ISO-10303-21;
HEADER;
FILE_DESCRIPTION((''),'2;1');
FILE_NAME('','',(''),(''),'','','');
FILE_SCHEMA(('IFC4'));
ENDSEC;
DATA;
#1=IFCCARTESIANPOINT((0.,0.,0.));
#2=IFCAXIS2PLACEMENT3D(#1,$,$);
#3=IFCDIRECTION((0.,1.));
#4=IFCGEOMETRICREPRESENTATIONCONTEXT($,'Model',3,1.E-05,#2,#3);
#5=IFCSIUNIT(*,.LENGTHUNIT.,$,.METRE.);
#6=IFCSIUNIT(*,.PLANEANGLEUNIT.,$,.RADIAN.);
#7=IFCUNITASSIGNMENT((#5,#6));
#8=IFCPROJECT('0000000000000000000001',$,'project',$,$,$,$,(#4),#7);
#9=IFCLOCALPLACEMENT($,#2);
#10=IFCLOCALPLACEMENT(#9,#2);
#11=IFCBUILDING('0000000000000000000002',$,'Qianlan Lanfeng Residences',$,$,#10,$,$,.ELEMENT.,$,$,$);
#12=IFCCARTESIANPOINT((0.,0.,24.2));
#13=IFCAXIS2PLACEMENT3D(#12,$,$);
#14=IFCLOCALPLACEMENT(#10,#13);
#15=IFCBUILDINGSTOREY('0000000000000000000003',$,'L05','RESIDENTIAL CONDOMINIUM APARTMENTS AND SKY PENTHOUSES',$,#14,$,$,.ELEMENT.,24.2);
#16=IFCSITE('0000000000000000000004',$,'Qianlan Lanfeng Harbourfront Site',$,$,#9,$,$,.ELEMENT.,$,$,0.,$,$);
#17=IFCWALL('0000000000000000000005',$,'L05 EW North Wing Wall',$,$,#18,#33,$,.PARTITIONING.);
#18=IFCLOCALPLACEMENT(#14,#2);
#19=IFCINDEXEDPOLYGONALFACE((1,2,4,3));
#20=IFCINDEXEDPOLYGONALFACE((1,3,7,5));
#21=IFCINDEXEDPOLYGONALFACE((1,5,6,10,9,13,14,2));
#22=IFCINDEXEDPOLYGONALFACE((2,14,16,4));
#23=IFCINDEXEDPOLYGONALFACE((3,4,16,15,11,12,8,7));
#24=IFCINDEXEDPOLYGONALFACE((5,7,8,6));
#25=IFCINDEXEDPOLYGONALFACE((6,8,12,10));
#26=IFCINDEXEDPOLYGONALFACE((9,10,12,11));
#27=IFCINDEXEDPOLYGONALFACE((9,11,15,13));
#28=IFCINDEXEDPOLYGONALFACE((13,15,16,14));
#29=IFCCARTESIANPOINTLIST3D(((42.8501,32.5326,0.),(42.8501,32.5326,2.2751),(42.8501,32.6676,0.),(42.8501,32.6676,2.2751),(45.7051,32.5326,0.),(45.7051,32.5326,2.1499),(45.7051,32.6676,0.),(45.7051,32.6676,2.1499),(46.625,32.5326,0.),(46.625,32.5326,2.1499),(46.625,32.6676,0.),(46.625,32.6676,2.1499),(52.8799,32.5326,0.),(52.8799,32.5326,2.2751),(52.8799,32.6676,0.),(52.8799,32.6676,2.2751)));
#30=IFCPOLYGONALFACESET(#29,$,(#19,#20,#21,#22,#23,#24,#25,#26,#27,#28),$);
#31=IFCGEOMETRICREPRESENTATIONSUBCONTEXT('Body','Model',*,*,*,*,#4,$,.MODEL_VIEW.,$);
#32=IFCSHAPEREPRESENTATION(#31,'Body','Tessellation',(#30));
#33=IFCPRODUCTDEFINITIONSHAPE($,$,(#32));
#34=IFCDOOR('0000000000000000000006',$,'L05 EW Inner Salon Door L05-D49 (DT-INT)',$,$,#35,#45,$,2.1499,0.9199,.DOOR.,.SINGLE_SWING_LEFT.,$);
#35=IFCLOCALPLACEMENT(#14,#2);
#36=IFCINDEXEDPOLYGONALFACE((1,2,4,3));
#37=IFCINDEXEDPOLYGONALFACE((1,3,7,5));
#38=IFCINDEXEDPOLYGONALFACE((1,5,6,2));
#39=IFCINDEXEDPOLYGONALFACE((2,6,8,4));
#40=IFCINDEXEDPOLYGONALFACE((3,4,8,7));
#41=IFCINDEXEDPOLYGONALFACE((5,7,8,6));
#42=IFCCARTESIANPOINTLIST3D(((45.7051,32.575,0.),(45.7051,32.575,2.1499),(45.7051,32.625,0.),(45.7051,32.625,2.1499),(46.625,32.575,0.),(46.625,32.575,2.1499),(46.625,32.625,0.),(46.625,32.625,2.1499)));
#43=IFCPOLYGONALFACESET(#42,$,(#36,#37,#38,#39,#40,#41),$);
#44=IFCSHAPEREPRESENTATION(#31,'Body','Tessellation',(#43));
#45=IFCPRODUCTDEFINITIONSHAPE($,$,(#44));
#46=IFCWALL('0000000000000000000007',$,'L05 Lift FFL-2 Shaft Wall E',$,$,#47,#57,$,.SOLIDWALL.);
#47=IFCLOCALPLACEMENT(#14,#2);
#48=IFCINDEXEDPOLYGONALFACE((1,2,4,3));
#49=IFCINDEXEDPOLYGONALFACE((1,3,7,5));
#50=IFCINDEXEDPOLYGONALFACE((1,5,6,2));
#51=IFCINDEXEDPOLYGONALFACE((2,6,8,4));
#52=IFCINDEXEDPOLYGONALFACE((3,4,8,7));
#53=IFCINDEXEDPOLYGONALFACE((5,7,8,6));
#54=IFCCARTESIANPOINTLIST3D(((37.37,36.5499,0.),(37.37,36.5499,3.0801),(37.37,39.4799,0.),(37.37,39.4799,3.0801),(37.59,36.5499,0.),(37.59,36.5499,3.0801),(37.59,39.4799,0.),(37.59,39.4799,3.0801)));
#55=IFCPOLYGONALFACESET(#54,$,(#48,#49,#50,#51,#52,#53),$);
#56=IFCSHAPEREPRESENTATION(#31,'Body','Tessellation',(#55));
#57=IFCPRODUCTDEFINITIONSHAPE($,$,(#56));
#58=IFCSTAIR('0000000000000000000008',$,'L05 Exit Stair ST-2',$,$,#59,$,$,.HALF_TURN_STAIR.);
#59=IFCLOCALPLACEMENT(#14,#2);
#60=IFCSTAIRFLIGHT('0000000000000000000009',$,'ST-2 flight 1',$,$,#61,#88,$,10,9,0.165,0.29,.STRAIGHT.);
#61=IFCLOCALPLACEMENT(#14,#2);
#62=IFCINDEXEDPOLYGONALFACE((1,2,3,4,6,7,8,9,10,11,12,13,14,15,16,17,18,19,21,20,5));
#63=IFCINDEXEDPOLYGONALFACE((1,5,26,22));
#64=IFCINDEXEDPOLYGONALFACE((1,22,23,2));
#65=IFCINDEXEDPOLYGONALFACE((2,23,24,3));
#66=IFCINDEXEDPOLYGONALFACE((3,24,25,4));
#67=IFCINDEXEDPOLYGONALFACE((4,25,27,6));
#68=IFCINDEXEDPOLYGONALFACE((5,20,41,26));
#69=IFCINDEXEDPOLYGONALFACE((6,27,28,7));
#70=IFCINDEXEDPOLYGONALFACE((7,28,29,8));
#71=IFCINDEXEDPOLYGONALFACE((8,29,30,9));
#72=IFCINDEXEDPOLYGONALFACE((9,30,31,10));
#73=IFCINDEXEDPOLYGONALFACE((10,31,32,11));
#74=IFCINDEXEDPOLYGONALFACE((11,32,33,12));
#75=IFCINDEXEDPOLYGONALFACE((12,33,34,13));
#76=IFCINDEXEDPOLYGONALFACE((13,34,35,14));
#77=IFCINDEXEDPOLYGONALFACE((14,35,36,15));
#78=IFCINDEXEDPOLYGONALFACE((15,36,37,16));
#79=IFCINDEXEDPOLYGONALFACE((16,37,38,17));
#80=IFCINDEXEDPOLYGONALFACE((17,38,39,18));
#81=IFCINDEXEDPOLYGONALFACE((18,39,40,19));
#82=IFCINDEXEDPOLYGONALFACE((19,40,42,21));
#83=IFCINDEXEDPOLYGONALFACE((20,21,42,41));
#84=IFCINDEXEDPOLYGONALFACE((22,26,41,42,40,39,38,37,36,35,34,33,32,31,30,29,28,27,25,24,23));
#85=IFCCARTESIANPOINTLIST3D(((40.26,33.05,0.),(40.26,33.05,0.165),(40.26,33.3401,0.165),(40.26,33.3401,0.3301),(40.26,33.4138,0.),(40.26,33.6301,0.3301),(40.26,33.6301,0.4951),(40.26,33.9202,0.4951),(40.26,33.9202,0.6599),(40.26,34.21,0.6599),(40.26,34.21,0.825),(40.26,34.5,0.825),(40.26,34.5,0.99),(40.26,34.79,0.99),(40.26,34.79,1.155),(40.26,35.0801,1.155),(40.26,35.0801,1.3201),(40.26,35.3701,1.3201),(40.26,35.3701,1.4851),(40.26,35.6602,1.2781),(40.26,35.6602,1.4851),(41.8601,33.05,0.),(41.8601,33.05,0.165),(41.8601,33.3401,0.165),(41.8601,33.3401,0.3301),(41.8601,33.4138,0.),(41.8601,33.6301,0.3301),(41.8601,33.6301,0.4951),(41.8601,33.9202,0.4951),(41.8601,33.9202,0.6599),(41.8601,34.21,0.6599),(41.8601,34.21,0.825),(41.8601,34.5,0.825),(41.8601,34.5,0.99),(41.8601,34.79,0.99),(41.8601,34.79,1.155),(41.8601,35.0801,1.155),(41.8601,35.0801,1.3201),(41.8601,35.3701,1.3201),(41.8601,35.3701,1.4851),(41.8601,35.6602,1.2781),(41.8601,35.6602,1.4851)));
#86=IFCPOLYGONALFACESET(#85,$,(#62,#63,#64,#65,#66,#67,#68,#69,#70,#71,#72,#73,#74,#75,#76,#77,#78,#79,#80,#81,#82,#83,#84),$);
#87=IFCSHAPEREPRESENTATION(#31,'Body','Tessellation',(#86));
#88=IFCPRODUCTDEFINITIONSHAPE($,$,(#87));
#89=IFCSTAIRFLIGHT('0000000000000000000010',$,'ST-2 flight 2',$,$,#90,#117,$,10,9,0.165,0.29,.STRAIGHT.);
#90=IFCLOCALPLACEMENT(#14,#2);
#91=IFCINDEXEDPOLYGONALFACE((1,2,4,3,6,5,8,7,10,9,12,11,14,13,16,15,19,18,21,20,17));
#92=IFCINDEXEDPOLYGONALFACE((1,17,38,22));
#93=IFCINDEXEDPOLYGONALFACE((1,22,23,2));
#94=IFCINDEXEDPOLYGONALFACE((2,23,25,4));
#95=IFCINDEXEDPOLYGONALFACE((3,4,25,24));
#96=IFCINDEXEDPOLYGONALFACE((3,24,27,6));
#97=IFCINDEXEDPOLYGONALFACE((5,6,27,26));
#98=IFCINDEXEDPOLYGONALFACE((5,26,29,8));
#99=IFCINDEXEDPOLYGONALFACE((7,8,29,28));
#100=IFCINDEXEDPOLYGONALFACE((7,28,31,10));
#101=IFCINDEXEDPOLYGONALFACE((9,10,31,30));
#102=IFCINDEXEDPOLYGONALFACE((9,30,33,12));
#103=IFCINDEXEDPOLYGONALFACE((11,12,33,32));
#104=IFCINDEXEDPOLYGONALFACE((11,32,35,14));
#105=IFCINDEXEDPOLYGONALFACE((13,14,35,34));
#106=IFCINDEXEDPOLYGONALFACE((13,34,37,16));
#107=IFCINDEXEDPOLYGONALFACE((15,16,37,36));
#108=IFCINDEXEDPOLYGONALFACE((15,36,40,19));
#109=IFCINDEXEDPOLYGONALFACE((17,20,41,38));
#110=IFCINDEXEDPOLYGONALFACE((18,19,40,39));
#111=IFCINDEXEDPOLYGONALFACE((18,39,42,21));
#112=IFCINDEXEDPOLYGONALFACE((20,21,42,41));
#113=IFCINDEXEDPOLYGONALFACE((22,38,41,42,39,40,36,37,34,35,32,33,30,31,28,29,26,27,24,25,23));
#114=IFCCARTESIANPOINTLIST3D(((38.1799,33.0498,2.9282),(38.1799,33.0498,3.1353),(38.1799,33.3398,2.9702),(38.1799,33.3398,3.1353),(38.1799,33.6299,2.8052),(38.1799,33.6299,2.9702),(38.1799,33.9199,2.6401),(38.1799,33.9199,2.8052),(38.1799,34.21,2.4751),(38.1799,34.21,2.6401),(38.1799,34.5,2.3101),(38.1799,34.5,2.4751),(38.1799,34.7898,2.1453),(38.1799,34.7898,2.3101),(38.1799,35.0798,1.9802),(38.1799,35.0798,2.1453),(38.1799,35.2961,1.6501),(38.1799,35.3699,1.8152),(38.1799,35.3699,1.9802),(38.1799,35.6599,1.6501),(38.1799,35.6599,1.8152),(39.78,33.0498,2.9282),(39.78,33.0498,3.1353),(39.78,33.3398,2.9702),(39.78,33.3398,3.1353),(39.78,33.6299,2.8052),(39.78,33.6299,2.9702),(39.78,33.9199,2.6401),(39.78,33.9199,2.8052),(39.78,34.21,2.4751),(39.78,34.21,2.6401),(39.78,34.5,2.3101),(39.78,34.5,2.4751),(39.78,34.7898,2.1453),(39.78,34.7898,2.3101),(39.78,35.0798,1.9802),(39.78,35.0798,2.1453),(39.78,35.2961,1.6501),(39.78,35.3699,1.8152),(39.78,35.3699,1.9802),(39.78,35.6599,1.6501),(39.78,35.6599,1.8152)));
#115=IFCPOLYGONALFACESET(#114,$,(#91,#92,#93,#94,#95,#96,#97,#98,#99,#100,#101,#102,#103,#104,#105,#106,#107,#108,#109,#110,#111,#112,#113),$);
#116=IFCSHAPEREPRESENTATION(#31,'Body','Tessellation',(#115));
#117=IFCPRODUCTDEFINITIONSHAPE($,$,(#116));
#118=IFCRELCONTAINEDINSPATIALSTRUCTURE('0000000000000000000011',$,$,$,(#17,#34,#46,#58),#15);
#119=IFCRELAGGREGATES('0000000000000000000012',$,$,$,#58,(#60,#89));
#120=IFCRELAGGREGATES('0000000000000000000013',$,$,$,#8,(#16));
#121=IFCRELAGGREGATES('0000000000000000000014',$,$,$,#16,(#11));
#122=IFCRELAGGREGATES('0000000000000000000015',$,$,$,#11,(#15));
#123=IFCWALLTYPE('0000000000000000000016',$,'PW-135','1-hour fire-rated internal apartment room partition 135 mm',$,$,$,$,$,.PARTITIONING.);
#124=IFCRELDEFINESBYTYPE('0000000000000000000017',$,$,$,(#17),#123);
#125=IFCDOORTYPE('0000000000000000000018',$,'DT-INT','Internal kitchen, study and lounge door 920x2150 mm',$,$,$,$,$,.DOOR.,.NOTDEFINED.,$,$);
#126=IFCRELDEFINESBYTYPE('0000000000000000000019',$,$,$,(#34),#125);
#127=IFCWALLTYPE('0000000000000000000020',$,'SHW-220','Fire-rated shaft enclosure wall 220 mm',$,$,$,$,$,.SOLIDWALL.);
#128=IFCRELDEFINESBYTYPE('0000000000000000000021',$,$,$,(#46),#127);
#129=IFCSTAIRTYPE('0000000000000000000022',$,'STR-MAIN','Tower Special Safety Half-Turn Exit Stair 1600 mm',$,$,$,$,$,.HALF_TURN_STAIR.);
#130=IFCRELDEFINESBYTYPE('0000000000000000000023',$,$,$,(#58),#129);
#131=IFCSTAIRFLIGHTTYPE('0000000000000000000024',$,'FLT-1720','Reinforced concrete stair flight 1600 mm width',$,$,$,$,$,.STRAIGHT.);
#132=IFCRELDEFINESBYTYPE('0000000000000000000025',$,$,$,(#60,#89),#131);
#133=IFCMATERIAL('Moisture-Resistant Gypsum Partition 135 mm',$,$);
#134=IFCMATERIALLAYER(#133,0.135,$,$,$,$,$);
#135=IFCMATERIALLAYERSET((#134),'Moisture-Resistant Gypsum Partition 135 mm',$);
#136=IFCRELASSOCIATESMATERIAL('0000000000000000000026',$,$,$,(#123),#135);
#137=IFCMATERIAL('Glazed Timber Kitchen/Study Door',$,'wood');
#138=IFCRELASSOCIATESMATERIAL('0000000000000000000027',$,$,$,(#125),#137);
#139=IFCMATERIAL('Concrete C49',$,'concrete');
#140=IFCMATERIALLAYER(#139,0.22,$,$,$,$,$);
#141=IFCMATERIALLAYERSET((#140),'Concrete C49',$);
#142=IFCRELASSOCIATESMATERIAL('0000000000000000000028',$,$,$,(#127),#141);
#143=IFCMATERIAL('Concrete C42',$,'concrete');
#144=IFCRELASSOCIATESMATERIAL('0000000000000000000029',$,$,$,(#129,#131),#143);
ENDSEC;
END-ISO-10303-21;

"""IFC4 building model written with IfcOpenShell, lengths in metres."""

from ifc_helpers import new_model, si_unit, direction, frame, frame_2d, origin, place, context, subcontext, project, spatial, polyline, rectangle, outline, extrude, material, layer, layer_set, type_object, element, fill, aggregate, save


model = new_model("IFC4")

# Units and contexts
model_context = context("Model", 3, precision=1e-05, world=origin(), true_north=direction((0.0, 1.0)))
body_context = subcontext(model_context, "Body", "Model", "MODEL_VIEW")
ifc_project = project(units=[si_unit("LENGTHUNIT", "METRE"), si_unit("PLANEANGLEUNIT", "RADIAN")], contexts=[model_context])

# Site, building, storey
site_placement = place(None, origin())
site = spatial("IfcSite", under=ifc_project, at=site_placement, Name="Qianlan Lanfeng Harbourfront Site", CompositionType="ELEMENT", RefElevation=0.0)
building_placement = place(site_placement, origin())
building = spatial("IfcBuilding", under=site, at=building_placement, Name="Qianlan Lanfeng Residences", CompositionType="ELEMENT")
storey_placement = place(building_placement, frame((0.0, 0.0, 24.2)))
storey = spatial("IfcBuildingStorey", under=building, at=storey_placement, Name="L05", Description="RESIDENTIAL CONDOMINIUM APARTMENTS AND SKY PENTHOUSES", CompositionType="ELEMENT", Elevation=24.2)

# Shared definitions
ifc_material_1 = material(Name="Concrete C42", Category="concrete")

# Wall, opening, door
ifc_material_2 = material(Name="Moisture-Resistant Gypsum Partition 135 mm")
ifc_layer_1 = layer(ifc_material_2, 0.135)
ifc_layer_set_1 = layer_set([ifc_layer_1], Name="Moisture-Resistant Gypsum Partition 135 mm")
wall_type_1 = type_object("IfcWallType", Name="PW-135", Description="1-hour fire-rated internal apartment room partition 135 mm", PredefinedType="PARTITIONING", material=ifc_layer_set_1)
wall_1_placement = place(storey_placement, frame((42.8501, 32.6001, 0.0), z_axis=(0.0, 0.0, 1.0), x_axis=(1.0, 0.0, 0.0)))
wall_1 = element("IfcWall", 1, at=wall_1_placement, inside=storey, type_object=wall_type_1, Name="L05 EW North Wing Wall", PredefinedType="PARTITIONING", context=body_context, shape_type="SweptSolid", body=[
    extrude(rectangle(XDim=10.0298, YDim=0.135, at=frame_2d((5.0149, 0.0))), origin(), (0.0, 0.0, 1.0), 2.2751),
])
opening_1_placement = place(wall_1_placement, frame((2.855, 0.0, 0.0)))
opening_1 = element("IfcOpeningElement", 2, at=opening_1_placement, cuts=wall_1, PredefinedType="OPENING", context=body_context, shape_type="SweptSolid", body=[
    extrude(rectangle(XDim=0.9199, YDim=2.1499, at=frame_2d((0.46, 1.075))), frame((0.0, 0.0776, 0.0), z_axis=(0.0, -1.0, 0.0), x_axis=(1.0, 0.0, 0.0)), (0.0, 0.0, 1.0), 0.155),
])
ifc_material_3 = material(Name="Glazed Timber Kitchen/Study Door", Category="wood")
door_type_1 = type_object("IfcDoorType", Name="DT-INT", Description="Internal kitchen, study and lounge door 920x2150 mm", OperationType="NOTDEFINED", PredefinedType="DOOR", material=ifc_material_3)
door_1_placement = place(opening_1_placement, origin())
door_1 = element("IfcDoor", 3, at=door_1_placement, inside=storey, type_object=door_type_1, Name="L05 EW Inner Salon Door L05-D49 (DT-INT)", OperationType="SINGLE_SWING_LEFT", OverallHeight=2.1499, OverallWidth=0.9199, PredefinedType="DOOR", context=body_context, shape_type="SweptSolid", body=[
    extrude(rectangle(XDim=0.9199, YDim=2.1499, at=frame_2d((0.46, 1.075))), frame((0.0, 0.0249, 0.0), z_axis=(0.0, -1.0, 0.0), x_axis=(1.0, 0.0, 0.0)), (0.0, 0.0, 1.0), 0.05),
])
fill(opening_1, door_1)

# Wall
ifc_material_4 = material(Name="Concrete C49", Category="concrete")
ifc_layer_2 = layer(ifc_material_4, 0.22)
ifc_layer_set_2 = layer_set([ifc_layer_2], Name="Concrete C49")
wall_type_2 = type_object("IfcWallType", Name="SHW-220", Description="Fire-rated shaft enclosure wall 220 mm", PredefinedType="SOLIDWALL", material=ifc_layer_set_2)
wall_2_placement = place(storey_placement, frame((37.48, 36.55, 0.0), z_axis=(0.0, 0.0, 1.0), x_axis=(0.0, 1.0, 0.0)))
element("IfcWall", 4, at=wall_2_placement, inside=storey, type_object=wall_type_2, Name="L05 Lift FFL-2 Shaft Wall E", PredefinedType="SOLIDWALL", context=body_context, shape_type="SweptSolid", body=[
    extrude(rectangle(XDim=2.9299, YDim=0.22, at=frame_2d((1.4648, 0.0))), origin(), (0.0, 0.0, 1.0), 3.0801),
])

# Stair, stair flights
stair_type = type_object("IfcStairType", Name="STR-MAIN", Description="Tower Special Safety Half-Turn Exit Stair 1600 mm", PredefinedType="HALF_TURN_STAIR", material=ifc_material_1)
stair_placement = place(storey_placement, origin())
stair = element("IfcStair", 5, at=stair_placement, inside=storey, type_object=stair_type, Name="L05 Exit Stair ST-2", PredefinedType="HALF_TURN_STAIR")
stair_flight_type = type_object("IfcStairFlightType", Name="FLT-1720", Description="Reinforced concrete stair flight 1600 mm width", PredefinedType="STRAIGHT", material=ifc_material_1)
stair_flight_1_placement = place(storey_placement, frame((41.0601, 33.05, 0.0), z_axis=(0.0, 0.0, 1.0), x_axis=(0.0, 1.0, 0.0)))
stair_flight_1 = element("IfcStairFlight", 6, at=stair_flight_1_placement, type_object=stair_flight_type, Name="ST-2 flight 1", NumberOfRisers=10, NumberOfTreads=9, PredefinedType="STRAIGHT", RiserHeight=0.165, TreadLength=0.29, context=body_context, shape_type="SweptSolid", body=[
    extrude(outline(polyline([(0.0, 0.0), (0.0, 0.165), (0.29, 0.165), (0.29, 0.3301), (0.5801, 0.3301), (0.5801, 0.4951), (0.8701, 0.4951), (0.8701, 0.6599), (1.1599, 0.6599), (1.1599, 0.825), (1.45, 0.825), (1.45, 0.99), (1.74, 0.99), (1.74, 1.155), (2.03, 1.155), (2.03, 1.3201), (2.3201, 1.3201), (2.3201, 1.4851), (2.6101, 1.4851), (2.6101, 1.6499), (2.6101, 1.2781), (0.3638, 0.0), (0.0, 0.0)])), frame((0.0, 0.8, 0.0), z_axis=(0.0, -1.0, 0.0), x_axis=(1.0, 0.0, 0.0)), (0.0, 0.0, 1.0), 1.6001),
])
stair_flight_2_placement = place(storey_placement, frame((38.98, 35.6599, 1.6501), z_axis=(0.0, 0.0, 1.0), x_axis=(0.0, -1.0, 0.0)))
stair_flight_2 = element("IfcStairFlight", 7, at=stair_flight_2_placement, type_object=stair_flight_type, Name="ST-2 flight 2", NumberOfRisers=10, NumberOfTreads=9, PredefinedType="STRAIGHT", RiserHeight=0.165, TreadLength=0.29, context=body_context, shape_type="SweptSolid", body=[
    extrude(outline(polyline([(0.0, 0.0), (0.0, 0.165), (0.29, 0.165), (0.29, 0.3301), (0.5801, 0.3301), (0.5801, 0.4951), (0.8701, 0.4951), (0.8701, 0.6599), (1.1599, 0.6599), (1.1599, 0.825), (1.45, 0.825), (1.45, 0.99), (1.74, 0.99), (1.74, 1.155), (2.03, 1.155), (2.03, 1.3201), (2.3201, 1.3201), (2.3201, 1.4851), (2.6101, 1.4851), (2.6101, 1.6499), (2.6101, 1.2781), (0.3638, 0.0), (0.0, 0.0)])), frame((0.0, 0.8, 0.0), z_axis=(0.0, -1.0, 0.0), x_axis=(1.0, 0.0, 0.0)), (0.0, 0.0, 1.0), 1.6001),
])
aggregate(stair, [stair_flight_1, stair_flight_2])

save(model, "model.ifc")
